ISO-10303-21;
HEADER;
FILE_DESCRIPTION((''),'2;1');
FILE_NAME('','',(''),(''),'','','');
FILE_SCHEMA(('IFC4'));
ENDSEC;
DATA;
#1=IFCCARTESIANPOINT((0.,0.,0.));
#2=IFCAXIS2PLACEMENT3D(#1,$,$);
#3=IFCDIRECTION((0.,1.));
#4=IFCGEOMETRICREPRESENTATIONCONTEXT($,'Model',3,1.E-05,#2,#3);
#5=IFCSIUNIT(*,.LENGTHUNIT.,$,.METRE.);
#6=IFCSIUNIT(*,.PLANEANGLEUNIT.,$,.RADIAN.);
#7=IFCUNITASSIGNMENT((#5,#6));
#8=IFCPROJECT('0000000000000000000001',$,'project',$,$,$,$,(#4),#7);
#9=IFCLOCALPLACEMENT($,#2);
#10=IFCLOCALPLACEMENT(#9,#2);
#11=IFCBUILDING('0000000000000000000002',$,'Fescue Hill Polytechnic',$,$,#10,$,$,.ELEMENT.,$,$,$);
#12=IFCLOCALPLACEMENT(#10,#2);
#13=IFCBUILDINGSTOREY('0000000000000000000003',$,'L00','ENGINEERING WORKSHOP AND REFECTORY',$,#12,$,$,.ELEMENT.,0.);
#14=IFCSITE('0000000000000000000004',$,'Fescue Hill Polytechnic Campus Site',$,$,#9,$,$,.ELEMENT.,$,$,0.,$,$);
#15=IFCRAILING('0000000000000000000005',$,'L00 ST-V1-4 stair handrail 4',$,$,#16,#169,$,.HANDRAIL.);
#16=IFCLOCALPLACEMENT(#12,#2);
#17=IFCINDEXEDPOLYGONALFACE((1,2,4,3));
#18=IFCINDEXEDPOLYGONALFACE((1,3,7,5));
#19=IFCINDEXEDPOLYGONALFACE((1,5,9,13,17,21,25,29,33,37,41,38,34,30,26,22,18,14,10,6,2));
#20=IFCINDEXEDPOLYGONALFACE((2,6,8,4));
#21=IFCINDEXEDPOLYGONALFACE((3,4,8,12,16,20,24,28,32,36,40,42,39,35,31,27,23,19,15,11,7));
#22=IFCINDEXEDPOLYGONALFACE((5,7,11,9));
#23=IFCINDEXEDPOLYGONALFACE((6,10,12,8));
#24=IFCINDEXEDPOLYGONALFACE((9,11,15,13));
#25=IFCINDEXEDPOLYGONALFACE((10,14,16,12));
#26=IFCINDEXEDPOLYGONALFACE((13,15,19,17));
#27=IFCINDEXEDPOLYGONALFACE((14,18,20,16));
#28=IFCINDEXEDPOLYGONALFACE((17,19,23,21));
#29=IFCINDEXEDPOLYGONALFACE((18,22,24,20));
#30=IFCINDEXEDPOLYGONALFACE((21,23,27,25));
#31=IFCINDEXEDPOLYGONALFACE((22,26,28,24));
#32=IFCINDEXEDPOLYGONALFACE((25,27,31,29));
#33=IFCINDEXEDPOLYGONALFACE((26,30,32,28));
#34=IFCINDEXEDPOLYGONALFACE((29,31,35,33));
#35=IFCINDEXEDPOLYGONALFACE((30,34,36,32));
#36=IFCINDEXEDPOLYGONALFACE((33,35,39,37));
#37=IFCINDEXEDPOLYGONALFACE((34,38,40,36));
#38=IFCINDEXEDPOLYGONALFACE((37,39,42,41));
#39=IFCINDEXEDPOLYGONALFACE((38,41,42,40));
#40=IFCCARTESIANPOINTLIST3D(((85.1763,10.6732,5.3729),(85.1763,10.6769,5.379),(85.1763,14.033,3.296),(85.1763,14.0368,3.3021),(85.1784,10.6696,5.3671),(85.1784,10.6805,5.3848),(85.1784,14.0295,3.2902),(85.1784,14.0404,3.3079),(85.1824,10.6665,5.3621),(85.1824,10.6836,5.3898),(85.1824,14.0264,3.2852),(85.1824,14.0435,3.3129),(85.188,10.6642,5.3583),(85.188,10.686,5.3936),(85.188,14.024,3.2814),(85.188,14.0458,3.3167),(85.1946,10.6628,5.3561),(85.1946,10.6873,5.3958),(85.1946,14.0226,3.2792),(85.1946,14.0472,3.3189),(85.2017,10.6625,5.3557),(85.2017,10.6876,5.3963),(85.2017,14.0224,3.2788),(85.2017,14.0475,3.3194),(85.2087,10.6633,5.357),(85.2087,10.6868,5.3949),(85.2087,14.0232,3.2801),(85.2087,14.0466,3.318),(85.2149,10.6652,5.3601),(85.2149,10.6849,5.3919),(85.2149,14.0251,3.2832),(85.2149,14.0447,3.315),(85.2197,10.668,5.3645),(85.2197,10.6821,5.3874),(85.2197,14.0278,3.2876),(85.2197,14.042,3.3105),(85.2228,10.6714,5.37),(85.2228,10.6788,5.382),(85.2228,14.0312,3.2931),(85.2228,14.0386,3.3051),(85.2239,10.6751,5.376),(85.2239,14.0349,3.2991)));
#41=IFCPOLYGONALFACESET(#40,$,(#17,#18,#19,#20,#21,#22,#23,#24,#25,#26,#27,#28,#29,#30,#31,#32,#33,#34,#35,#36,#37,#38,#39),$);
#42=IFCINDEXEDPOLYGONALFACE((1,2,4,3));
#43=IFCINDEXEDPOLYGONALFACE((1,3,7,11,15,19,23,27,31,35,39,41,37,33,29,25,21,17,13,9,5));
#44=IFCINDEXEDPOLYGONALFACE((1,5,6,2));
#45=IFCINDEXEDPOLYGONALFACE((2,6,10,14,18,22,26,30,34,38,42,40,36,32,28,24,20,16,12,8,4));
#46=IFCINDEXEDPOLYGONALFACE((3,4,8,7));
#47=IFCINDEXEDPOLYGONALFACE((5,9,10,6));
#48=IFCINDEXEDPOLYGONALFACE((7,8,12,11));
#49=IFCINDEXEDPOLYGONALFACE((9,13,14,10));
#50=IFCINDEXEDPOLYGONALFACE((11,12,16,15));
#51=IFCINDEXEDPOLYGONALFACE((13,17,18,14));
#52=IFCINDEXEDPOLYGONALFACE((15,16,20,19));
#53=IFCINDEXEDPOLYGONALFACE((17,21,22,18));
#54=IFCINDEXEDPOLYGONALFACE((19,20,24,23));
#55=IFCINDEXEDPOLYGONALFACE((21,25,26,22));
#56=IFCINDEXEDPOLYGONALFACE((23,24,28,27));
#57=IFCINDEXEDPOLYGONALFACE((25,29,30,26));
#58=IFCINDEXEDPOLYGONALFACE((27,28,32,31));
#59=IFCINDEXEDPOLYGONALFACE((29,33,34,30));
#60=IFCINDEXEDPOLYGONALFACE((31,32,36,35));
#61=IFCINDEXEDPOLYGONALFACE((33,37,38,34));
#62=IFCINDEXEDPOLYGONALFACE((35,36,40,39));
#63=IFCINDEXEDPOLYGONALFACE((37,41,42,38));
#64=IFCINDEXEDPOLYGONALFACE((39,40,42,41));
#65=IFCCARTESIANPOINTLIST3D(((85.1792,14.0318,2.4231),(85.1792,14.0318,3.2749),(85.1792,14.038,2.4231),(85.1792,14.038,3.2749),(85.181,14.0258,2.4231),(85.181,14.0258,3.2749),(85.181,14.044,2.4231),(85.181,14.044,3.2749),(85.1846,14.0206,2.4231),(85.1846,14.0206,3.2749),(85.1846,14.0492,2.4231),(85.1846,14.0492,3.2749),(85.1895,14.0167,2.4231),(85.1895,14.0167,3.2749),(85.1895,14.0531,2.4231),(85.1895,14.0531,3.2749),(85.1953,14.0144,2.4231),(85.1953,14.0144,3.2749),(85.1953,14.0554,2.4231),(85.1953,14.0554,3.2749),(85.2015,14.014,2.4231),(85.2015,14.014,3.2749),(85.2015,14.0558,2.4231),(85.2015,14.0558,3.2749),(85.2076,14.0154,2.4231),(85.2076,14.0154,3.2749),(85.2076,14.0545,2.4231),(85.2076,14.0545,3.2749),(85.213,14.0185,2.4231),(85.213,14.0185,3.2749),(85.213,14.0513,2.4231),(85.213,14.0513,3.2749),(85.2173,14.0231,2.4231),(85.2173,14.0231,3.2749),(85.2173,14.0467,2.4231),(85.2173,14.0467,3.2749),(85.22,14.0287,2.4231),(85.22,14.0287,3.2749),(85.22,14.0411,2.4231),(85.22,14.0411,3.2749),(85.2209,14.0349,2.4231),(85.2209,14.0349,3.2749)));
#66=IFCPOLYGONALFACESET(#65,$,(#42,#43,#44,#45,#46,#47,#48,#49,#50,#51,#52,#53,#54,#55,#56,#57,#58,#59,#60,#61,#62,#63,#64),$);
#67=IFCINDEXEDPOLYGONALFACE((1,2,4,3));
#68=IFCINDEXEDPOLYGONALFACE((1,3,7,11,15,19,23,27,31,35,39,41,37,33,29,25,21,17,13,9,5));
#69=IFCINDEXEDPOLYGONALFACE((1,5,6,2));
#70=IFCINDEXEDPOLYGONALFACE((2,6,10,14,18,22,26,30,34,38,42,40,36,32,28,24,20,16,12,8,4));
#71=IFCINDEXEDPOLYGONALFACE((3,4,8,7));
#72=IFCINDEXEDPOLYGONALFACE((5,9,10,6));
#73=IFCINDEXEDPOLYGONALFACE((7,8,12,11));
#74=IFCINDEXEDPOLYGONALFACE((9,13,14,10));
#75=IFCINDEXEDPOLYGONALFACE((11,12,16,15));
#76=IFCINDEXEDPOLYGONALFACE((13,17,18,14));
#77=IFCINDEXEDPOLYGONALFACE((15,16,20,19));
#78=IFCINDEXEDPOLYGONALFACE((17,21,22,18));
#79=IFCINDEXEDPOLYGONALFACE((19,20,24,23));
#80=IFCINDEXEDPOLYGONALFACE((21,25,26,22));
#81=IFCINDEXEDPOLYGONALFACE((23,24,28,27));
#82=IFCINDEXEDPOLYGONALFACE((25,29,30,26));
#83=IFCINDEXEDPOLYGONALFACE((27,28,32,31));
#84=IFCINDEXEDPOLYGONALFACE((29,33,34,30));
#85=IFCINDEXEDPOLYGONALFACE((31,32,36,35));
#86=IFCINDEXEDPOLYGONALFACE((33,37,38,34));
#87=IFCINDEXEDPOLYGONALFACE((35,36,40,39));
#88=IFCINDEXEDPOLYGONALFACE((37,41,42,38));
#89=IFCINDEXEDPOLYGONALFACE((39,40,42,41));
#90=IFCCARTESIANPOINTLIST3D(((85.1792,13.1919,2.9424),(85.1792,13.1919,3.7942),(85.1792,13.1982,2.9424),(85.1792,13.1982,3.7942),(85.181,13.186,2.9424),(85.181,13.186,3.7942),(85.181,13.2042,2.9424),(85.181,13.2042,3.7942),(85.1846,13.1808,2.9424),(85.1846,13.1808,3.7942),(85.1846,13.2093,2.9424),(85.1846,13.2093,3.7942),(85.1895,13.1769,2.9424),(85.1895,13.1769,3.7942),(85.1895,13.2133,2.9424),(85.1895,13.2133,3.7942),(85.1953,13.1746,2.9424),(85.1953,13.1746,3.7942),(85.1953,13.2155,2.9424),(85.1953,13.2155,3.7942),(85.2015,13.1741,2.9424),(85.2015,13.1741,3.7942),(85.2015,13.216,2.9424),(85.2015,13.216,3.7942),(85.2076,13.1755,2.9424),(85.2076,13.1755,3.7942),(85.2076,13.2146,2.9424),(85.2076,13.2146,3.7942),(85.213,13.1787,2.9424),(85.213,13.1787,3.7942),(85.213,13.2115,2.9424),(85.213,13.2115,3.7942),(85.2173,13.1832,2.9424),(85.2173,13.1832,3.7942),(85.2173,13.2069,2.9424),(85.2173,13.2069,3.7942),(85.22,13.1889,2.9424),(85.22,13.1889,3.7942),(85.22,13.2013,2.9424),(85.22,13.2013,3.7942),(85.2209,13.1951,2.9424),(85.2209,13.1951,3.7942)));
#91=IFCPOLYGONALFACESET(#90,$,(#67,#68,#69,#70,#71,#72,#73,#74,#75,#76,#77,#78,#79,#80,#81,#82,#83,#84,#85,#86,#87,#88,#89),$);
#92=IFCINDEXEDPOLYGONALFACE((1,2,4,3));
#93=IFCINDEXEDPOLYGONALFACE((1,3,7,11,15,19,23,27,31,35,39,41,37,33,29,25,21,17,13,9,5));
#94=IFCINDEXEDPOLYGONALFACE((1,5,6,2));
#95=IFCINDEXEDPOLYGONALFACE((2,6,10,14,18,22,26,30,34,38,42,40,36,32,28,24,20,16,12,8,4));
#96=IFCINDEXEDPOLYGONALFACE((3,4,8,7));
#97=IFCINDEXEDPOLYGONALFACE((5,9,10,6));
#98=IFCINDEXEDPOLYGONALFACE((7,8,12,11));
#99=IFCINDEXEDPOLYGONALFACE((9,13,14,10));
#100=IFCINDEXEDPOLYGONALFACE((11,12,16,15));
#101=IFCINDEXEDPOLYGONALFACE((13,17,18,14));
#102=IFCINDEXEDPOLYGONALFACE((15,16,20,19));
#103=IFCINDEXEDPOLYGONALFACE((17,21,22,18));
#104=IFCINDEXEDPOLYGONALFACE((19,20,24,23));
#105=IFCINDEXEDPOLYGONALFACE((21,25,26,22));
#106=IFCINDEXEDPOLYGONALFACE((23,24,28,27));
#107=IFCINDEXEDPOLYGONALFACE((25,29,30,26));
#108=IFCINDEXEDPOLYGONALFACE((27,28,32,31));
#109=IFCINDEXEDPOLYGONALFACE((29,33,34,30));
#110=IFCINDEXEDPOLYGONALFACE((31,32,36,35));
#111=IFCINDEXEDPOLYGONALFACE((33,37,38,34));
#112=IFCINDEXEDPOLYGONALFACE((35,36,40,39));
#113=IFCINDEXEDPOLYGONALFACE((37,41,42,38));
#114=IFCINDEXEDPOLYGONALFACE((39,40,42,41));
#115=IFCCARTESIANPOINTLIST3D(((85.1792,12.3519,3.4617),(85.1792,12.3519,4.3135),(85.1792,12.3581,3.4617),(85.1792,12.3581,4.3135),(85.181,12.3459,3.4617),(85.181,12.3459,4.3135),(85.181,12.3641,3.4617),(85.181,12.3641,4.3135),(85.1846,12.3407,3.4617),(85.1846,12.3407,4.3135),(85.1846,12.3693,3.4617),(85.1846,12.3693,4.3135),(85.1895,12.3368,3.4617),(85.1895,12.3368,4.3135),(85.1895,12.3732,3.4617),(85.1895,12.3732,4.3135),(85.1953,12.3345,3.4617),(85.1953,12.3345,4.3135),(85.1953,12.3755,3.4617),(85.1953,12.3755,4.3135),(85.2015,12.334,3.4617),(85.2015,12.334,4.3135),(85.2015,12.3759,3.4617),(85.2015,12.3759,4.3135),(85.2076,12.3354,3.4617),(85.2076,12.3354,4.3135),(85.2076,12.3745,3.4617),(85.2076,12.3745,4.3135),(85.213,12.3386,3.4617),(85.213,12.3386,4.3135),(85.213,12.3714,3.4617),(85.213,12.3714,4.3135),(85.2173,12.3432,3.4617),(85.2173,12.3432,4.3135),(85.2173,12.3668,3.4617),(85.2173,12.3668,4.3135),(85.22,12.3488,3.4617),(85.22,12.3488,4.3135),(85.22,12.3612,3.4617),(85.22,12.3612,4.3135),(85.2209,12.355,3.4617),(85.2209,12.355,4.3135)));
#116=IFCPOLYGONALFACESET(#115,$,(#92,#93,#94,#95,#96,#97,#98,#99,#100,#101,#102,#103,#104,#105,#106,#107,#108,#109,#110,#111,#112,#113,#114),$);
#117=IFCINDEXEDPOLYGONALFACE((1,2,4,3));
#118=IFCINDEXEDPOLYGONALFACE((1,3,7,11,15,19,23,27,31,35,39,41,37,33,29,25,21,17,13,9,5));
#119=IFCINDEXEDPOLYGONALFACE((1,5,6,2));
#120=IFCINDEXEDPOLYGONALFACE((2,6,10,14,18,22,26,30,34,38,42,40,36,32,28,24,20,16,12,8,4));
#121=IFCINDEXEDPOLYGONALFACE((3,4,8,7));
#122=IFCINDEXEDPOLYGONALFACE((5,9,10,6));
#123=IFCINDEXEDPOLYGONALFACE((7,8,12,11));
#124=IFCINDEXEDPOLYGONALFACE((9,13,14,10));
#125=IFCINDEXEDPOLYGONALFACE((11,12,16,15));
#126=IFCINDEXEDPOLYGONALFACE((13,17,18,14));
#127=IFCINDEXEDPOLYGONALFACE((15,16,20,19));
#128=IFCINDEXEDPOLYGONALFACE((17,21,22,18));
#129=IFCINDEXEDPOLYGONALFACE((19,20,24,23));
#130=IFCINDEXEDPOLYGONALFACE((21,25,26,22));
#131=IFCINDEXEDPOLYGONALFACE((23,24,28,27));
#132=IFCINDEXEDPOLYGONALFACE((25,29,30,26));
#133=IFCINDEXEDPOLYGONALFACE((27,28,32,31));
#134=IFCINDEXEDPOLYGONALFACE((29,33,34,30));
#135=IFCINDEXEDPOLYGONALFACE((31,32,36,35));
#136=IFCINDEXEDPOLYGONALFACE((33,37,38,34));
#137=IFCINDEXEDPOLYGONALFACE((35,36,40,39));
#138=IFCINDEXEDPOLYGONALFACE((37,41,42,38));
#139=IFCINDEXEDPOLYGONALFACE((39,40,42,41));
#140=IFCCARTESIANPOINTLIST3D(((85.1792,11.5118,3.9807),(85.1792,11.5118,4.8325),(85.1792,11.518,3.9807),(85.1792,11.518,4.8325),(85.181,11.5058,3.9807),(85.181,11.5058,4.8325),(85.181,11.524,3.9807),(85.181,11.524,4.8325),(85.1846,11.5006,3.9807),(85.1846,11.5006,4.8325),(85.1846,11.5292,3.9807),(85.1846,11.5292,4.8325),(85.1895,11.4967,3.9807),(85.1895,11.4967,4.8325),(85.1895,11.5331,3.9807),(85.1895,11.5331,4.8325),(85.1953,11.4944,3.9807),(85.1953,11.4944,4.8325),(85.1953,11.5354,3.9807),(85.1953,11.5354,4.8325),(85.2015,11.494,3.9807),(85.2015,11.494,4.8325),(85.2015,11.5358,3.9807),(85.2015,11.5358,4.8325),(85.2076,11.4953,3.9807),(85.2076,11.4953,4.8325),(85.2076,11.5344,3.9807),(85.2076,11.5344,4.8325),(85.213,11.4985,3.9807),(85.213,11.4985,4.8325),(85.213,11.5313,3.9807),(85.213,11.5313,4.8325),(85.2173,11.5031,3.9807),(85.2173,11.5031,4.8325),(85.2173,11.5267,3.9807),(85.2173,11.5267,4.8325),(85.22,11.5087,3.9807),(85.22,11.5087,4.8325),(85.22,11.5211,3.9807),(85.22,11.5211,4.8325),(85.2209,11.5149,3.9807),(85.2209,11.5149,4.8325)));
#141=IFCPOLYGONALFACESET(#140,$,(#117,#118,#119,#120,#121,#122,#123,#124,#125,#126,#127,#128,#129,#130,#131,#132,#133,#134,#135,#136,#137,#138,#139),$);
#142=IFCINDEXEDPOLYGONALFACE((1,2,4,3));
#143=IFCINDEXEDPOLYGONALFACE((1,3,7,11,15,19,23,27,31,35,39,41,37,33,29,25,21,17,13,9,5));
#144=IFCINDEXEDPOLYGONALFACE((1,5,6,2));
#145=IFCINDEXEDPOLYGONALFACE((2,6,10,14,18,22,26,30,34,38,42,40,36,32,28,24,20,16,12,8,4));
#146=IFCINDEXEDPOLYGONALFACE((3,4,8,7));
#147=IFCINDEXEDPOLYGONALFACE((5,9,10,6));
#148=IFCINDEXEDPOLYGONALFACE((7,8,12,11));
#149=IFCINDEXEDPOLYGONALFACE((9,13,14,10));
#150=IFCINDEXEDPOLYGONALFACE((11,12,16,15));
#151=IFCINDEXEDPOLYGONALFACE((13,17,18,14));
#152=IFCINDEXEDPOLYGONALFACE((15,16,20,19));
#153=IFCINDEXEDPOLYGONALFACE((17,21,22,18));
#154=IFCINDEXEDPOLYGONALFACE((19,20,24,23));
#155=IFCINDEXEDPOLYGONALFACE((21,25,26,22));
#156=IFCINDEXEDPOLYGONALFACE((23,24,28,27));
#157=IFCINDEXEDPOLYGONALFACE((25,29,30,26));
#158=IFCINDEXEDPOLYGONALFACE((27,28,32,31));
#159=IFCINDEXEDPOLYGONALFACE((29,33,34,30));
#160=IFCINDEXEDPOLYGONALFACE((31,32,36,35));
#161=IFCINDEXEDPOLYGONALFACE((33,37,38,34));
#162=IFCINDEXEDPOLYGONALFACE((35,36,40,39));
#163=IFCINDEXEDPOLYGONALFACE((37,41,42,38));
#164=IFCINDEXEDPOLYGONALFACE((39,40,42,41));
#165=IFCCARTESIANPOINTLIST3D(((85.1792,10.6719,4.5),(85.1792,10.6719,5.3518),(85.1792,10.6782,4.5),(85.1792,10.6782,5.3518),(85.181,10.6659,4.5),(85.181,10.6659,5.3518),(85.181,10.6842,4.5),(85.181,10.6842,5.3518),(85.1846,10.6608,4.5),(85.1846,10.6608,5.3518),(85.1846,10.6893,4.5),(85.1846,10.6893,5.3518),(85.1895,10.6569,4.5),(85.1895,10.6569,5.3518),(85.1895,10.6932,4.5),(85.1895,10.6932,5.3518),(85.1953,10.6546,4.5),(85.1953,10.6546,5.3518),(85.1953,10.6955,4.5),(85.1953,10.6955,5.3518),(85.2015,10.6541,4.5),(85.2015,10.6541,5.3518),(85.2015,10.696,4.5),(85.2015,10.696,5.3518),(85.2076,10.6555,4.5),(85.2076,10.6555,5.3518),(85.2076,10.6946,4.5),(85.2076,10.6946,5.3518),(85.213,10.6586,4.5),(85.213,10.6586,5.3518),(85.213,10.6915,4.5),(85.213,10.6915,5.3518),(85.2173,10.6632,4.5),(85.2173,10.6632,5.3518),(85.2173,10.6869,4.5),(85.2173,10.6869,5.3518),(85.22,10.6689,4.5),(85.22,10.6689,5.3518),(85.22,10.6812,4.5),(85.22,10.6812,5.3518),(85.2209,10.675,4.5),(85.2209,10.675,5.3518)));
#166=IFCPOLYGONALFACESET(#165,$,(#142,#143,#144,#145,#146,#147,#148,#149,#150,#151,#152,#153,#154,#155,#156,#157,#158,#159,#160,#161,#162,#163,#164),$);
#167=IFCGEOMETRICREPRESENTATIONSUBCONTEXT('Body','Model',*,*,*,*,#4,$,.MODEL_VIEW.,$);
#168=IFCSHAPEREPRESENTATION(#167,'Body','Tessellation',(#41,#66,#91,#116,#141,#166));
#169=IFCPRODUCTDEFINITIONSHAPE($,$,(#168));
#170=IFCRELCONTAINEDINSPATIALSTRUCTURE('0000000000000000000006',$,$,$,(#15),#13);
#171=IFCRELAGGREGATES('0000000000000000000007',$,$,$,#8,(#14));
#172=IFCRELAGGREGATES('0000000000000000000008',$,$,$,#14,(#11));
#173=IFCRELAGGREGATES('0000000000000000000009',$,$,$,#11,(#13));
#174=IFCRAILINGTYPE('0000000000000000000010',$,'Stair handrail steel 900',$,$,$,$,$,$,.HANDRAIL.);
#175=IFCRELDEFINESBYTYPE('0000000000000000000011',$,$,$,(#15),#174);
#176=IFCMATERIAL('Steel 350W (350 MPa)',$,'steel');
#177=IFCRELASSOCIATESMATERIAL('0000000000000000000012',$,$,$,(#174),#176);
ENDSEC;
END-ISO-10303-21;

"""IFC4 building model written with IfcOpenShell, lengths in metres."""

from ifc_helpers import new_model, si_unit, direction, frame, origin, origin_2d, place, context, subcontext, project, spatial, circle, extrude, material, type_object, element, save


model = new_model("IFC4")

# Units and contexts
model_context = context("Model", 3, precision=1e-05, world=origin(), true_north=direction((0.0, 1.0)))
body_context = subcontext(model_context, "Body", "Model", "MODEL_VIEW")
ifc_project = project(units=[si_unit("LENGTHUNIT", "METRE"), si_unit("PLANEANGLEUNIT", "RADIAN")], contexts=[model_context])

# Site, building, storey
site_placement = place(None, origin())
site = spatial("IfcSite", under=ifc_project, at=site_placement, Name="Fescue Hill Polytechnic Campus Site", CompositionType="ELEMENT", RefElevation=0.0)
building_placement = place(site_placement, origin())
building = spatial("IfcBuilding", under=site, at=building_placement, Name="Fescue Hill Polytechnic", CompositionType="ELEMENT")
storey_placement = place(building_placement, origin())
storey = spatial("IfcBuildingStorey", under=building, at=storey_placement, Name="L00", Description="ENGINEERING WORKSHOP AND REFECTORY", CompositionType="ELEMENT", Elevation=0.0)

# Railing
ifc_material_1 = material(Name="Steel 350W (350 MPa)", Category="steel")
railing_type_1 = type_object("IfcRailingType", Name="Stair handrail steel 900", PredefinedType="HANDRAIL", material=ifc_material_1)
for number, where, name in (
    (1, (85.2, 14.0349, 2.4231), "L00 ST-V1-4 stair handrail 4"),
):
    element("IfcRailing", number, at=place(storey_placement, frame(where)), inside=storey, type_object=railing_type_1, Name=name, PredefinedType="HANDRAIL", context=body_context, shape_type="SweptSolid", body=[
        extrude(circle(Radius=0.0239, at=origin_2d()), frame((0.0, 0.0, 0.876), z_axis=(0.0, -0.850606, 0.525803), x_axis=(1.0, 0.0, 0.0)), (0.0, 0.0, 1.0), 3.95),
        extrude(circle(Radius=0.021, at=origin_2d()), origin(), (0.0, 0.0, 1.0), 0.8518),
        extrude(circle(Radius=0.021, at=origin_2d()), frame((0.0, -0.8398, 0.5193)), (0.0, 0.0, 1.0), 0.8518),
        extrude(circle(Radius=0.021, at=origin_2d()), frame((0.0, -1.6799, 1.0386)), (0.0, 0.0, 1.0), 0.8518),
        extrude(circle(Radius=0.021, at=origin_2d()), frame((0.0, -2.52, 1.5576)), (0.0, 0.0, 1.0), 0.8518),
        extrude(circle(Radius=0.021, at=origin_2d()), frame((0.0, -3.3599, 2.0769)), (0.0, 0.0, 1.0), 0.8518),
    ])

save(model, "model.ifc")
